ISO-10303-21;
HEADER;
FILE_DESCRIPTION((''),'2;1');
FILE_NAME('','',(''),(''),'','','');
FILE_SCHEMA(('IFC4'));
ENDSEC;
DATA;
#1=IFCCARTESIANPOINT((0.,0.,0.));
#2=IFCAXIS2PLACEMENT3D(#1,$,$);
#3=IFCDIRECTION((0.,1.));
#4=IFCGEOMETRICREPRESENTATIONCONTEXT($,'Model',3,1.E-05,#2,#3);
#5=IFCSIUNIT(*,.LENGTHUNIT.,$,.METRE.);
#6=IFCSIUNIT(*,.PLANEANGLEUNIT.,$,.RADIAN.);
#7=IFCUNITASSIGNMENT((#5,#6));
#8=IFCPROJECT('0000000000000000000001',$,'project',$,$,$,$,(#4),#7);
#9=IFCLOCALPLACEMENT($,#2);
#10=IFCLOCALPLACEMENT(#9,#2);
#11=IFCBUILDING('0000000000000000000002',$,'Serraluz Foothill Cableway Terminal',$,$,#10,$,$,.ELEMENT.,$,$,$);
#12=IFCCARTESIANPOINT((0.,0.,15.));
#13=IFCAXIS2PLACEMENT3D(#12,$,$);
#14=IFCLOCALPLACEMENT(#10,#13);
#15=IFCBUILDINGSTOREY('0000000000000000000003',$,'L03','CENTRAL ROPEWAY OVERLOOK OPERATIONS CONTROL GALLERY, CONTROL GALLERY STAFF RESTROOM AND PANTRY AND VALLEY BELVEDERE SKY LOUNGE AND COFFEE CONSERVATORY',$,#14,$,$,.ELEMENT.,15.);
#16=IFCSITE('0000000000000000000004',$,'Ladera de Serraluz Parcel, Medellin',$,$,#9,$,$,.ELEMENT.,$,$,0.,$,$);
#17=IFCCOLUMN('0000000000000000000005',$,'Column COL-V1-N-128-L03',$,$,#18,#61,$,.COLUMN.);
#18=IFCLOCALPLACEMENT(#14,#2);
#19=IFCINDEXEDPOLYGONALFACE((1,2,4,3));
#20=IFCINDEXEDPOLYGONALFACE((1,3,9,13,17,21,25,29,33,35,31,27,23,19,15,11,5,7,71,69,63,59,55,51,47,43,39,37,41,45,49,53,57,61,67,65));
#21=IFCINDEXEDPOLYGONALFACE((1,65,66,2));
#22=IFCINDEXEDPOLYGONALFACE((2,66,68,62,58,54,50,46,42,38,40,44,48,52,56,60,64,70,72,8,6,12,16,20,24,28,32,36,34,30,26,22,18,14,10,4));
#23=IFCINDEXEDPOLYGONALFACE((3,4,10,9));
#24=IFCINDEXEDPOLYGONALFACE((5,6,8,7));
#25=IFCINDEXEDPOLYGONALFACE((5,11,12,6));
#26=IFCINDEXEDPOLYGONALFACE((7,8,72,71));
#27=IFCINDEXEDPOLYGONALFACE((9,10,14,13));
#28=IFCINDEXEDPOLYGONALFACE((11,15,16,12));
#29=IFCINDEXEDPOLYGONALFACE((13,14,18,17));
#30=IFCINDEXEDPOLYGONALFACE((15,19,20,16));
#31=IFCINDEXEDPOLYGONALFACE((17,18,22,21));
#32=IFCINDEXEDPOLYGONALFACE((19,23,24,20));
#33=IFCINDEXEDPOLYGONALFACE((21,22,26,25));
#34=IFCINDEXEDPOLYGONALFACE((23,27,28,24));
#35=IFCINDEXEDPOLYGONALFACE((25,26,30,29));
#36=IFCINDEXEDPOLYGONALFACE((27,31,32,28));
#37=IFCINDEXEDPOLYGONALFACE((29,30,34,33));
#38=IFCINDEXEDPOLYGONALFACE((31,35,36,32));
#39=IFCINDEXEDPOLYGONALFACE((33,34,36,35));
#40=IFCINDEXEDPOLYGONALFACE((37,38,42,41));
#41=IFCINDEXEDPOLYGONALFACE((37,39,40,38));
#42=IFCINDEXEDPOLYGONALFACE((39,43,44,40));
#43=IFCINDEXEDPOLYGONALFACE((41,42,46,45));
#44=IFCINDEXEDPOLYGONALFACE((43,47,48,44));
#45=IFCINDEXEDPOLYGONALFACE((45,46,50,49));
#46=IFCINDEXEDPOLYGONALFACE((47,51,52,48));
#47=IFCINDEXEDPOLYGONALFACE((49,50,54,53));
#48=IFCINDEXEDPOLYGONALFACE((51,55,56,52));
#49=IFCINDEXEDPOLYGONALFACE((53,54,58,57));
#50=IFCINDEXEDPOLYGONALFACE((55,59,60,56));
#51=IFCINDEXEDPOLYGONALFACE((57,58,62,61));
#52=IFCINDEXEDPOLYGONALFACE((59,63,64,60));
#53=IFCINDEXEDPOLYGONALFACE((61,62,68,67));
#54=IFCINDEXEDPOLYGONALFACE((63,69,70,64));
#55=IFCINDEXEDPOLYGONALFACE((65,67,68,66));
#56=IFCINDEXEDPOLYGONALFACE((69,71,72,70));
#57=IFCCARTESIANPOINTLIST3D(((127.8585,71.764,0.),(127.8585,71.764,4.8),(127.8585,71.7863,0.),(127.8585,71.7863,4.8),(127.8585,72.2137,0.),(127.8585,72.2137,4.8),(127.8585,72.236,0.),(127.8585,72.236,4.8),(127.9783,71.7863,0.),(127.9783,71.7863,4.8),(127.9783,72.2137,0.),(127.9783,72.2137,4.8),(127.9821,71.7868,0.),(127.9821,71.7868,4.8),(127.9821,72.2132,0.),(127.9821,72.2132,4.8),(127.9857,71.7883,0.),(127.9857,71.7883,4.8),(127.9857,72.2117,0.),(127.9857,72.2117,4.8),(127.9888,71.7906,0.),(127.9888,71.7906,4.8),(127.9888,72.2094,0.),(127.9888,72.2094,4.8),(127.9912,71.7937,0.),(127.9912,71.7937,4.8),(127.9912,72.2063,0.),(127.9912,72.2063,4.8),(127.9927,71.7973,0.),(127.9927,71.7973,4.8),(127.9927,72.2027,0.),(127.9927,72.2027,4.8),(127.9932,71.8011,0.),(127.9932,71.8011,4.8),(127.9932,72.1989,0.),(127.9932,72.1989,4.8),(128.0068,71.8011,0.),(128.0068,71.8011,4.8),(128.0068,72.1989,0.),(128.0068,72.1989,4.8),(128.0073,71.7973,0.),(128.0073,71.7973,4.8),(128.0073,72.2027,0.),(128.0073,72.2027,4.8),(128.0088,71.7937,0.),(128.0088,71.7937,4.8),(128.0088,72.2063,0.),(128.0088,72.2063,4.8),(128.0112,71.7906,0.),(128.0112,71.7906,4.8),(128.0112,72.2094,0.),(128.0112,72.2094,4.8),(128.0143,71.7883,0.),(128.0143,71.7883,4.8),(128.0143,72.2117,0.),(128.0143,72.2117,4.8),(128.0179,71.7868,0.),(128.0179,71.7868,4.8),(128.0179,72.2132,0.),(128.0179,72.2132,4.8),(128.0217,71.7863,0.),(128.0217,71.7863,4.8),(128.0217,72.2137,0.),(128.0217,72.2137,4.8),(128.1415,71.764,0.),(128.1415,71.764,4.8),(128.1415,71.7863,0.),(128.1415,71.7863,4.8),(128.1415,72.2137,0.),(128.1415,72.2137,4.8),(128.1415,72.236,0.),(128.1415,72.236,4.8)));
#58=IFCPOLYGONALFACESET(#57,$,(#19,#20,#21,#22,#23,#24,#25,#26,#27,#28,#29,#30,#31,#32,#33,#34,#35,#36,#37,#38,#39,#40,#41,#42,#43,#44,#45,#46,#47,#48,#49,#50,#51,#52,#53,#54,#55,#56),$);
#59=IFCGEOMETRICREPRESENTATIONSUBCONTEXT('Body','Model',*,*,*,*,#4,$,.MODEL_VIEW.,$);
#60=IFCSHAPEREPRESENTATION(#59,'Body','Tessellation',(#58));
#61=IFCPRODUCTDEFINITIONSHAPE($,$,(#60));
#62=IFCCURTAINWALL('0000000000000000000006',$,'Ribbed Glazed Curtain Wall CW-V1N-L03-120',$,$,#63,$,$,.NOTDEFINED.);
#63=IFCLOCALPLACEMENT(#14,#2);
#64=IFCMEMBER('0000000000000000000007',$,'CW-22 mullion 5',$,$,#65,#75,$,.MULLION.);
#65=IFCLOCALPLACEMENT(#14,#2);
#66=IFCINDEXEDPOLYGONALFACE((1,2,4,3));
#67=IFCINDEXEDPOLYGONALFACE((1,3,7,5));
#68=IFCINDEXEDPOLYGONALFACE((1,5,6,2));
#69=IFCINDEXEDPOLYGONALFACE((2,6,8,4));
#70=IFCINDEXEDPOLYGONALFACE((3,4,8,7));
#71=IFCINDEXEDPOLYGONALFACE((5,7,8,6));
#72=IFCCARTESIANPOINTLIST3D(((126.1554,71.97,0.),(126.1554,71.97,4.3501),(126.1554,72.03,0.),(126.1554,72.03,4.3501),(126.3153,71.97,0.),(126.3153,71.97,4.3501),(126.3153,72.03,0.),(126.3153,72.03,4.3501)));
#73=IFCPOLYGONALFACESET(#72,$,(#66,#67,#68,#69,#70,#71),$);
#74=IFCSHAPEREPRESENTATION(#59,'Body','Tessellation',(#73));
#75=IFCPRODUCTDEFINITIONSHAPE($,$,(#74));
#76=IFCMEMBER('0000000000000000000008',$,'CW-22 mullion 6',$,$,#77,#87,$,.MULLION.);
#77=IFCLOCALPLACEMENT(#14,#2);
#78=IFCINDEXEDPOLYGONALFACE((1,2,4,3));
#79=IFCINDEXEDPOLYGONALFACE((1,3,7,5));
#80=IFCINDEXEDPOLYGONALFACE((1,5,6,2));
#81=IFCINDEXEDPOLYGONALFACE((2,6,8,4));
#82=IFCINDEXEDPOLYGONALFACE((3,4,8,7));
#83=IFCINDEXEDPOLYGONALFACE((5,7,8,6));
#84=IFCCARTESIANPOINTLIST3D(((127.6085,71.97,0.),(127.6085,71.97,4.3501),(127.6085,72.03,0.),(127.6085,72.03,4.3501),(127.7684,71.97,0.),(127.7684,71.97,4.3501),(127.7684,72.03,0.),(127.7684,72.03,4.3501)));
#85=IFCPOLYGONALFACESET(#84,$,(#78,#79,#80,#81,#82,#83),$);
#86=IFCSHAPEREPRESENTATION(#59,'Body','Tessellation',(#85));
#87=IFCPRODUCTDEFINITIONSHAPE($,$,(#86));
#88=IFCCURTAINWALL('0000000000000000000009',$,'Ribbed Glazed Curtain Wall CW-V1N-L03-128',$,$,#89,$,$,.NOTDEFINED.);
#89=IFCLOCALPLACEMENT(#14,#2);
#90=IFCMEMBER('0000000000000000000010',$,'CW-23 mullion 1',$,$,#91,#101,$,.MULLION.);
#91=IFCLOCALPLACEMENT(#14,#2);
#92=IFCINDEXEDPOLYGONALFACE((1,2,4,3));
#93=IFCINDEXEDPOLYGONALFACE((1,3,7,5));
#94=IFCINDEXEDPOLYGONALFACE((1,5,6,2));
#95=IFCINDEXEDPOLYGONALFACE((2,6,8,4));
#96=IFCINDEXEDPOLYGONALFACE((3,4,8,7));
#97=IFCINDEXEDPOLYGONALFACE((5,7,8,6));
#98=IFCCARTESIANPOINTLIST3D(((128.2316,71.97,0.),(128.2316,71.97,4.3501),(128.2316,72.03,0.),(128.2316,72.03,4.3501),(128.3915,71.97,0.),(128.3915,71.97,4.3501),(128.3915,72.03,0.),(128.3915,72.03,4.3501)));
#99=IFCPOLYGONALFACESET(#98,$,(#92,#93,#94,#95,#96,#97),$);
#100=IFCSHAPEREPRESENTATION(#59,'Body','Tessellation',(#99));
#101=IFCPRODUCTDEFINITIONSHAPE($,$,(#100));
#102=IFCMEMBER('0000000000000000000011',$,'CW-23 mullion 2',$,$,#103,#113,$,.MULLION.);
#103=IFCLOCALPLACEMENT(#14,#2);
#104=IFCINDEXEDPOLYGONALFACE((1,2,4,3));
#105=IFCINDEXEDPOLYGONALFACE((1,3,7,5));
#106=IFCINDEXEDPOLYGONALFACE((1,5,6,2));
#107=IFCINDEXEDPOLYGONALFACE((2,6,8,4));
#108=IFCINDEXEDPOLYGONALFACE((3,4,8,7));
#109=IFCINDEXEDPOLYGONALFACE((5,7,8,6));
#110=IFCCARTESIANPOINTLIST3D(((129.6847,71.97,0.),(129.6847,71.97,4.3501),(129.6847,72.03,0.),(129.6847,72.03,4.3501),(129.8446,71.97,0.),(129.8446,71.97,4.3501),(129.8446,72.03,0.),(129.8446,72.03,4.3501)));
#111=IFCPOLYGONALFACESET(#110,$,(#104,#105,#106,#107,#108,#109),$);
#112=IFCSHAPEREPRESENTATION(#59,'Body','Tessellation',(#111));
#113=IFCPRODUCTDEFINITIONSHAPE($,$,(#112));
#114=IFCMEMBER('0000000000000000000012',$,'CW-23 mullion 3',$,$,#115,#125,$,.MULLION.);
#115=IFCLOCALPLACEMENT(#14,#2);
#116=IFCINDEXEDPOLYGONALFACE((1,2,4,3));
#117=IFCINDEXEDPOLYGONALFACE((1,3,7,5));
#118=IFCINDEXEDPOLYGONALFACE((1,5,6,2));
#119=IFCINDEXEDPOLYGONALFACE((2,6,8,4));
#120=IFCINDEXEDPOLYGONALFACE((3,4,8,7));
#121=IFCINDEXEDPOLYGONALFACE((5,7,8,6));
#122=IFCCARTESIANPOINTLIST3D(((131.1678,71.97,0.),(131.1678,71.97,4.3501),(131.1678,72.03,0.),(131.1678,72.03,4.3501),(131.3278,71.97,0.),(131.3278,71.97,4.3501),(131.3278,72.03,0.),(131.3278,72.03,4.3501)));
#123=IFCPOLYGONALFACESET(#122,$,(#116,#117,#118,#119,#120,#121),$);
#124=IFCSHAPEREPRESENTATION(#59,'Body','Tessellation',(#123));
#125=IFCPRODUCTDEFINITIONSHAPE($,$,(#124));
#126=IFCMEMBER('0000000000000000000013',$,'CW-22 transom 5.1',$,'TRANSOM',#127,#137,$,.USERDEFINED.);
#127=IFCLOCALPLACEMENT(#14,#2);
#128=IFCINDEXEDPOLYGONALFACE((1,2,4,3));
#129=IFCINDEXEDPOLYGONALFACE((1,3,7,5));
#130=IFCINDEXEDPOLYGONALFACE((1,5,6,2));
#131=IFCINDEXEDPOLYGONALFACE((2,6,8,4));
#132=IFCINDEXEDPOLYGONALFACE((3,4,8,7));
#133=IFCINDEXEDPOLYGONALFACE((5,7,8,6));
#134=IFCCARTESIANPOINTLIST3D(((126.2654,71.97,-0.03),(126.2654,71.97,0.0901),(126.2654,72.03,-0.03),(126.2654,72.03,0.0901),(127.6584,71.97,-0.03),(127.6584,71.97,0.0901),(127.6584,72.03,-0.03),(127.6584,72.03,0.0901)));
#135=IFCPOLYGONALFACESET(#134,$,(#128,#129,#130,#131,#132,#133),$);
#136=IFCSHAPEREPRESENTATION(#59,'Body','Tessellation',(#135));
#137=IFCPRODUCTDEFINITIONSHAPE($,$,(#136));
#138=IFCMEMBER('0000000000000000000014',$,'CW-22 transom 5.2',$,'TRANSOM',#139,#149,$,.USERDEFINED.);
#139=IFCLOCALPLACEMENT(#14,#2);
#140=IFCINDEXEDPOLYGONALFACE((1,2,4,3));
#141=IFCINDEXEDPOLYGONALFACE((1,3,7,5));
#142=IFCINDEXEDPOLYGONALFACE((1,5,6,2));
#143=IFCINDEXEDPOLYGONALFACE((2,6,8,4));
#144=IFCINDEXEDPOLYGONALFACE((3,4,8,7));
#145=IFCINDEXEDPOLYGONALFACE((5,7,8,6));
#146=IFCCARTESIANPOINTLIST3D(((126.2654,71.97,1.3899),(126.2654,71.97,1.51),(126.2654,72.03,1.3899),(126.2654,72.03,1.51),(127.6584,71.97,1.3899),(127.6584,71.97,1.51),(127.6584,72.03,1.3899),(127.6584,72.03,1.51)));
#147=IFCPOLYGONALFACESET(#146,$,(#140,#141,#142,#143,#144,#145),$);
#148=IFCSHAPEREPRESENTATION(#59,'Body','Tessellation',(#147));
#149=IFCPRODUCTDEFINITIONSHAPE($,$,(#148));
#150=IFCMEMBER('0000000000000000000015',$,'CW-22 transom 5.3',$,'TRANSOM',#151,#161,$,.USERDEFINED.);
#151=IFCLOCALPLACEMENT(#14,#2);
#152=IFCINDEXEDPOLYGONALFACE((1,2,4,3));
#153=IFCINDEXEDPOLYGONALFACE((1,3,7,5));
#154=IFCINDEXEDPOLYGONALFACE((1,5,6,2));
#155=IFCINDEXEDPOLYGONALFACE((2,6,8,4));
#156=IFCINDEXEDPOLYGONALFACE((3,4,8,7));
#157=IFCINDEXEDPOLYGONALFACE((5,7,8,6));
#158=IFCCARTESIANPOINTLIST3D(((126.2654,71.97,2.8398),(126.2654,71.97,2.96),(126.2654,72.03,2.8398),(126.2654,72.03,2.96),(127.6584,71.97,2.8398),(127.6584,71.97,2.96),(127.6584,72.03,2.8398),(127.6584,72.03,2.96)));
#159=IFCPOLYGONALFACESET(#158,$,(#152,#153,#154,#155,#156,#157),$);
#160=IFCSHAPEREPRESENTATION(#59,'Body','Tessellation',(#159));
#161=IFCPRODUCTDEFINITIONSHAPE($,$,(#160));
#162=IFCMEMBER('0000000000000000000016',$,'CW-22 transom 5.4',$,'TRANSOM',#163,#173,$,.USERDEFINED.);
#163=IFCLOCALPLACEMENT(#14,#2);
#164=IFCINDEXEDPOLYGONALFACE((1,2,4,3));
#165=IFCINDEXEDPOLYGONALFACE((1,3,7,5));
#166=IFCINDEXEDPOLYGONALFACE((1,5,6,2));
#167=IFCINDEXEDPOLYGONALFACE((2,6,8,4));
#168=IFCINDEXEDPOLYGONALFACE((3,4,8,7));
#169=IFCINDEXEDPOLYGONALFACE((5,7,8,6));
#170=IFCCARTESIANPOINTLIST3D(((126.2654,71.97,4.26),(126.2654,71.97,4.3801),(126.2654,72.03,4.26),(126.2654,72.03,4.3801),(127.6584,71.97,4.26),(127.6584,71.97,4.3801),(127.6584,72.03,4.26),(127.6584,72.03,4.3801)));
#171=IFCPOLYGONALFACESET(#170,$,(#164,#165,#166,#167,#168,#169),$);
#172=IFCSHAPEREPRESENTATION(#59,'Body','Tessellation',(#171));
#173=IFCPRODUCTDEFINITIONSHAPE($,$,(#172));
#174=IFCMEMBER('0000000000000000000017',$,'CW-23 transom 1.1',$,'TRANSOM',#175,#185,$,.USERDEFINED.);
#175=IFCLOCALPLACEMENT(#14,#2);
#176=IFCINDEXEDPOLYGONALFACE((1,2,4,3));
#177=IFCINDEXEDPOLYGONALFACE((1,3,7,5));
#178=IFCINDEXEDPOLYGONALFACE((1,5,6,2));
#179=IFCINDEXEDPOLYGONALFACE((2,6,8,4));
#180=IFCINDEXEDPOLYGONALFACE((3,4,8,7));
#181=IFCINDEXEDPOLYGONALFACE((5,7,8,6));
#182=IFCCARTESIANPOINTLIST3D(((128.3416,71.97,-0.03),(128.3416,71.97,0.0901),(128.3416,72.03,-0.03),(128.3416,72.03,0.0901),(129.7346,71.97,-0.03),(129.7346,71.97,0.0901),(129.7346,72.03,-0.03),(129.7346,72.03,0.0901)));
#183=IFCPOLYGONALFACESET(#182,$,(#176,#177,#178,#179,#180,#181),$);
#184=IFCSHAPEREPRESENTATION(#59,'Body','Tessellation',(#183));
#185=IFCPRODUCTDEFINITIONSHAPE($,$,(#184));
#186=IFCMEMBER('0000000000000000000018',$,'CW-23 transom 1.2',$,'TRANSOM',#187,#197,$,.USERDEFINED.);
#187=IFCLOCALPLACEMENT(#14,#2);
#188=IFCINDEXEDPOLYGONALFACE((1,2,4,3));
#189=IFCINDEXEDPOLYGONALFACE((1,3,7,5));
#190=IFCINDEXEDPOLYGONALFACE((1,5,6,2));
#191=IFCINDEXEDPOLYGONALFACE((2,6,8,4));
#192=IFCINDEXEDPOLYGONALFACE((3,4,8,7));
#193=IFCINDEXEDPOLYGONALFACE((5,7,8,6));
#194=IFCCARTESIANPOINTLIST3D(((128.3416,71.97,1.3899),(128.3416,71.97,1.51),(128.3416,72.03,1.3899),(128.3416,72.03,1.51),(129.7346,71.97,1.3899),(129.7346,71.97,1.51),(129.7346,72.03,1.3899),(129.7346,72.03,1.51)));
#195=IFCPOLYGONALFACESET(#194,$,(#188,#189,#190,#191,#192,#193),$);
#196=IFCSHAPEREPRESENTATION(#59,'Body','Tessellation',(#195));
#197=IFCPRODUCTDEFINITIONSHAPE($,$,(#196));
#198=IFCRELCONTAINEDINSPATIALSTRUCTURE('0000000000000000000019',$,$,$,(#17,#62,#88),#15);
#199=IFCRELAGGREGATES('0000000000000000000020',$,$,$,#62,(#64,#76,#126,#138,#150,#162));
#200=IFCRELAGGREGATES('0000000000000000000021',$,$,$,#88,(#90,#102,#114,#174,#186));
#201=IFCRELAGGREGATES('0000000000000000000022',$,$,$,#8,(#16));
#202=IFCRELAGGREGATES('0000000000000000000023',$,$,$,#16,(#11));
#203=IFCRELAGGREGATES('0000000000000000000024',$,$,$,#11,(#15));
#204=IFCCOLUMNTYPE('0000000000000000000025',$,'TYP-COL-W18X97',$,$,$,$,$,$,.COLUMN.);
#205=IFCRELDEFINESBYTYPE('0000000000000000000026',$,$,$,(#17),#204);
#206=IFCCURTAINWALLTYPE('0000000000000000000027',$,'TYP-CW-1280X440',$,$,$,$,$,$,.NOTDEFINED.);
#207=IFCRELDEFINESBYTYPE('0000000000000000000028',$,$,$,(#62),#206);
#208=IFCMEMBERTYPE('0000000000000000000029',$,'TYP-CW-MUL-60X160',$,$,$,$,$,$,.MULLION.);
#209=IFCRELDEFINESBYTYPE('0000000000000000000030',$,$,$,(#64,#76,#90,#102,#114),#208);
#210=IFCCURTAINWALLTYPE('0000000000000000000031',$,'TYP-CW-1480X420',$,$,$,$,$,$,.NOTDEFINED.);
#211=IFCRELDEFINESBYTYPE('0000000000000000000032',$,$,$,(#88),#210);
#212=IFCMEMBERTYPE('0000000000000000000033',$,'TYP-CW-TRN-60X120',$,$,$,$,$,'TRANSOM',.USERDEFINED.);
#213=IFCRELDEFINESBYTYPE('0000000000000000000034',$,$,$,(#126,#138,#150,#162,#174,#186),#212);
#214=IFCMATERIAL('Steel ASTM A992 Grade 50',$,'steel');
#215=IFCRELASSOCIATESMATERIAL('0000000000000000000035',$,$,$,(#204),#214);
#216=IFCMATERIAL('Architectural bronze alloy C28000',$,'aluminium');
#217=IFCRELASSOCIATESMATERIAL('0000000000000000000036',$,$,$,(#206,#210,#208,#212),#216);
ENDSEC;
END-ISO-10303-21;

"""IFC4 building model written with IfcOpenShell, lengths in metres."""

from ifc_helpers import new_model, si_unit, direction, frame, origin, origin_2d, place, context, subcontext, project, spatial, rectangle, i_section, extrude, material, material_profile, profile_set, type_object, element, aggregate, save


model = new_model("IFC4")

# Units and contexts
model_context = context("Model", 3, precision=1e-05, world=origin(), true_north=direction((0.0, 1.0)))
body_context = subcontext(model_context, "Body", "Model", "MODEL_VIEW")
ifc_project = project(units=[si_unit("LENGTHUNIT", "METRE"), si_unit("PLANEANGLEUNIT", "RADIAN")], contexts=[model_context])

# Site, building, storey
site_placement = place(None, origin())
site = spatial("IfcSite", under=ifc_project, at=site_placement, Name="Ladera de Serraluz Parcel, Medellin", CompositionType="ELEMENT", RefElevation=0.0)
building_placement = place(site_placement, origin())
building = spatial("IfcBuilding", under=site, at=building_placement, Name="Serraluz Foothill Cableway Terminal", CompositionType="ELEMENT")
storey_placement = place(building_placement, frame((0.0, 0.0, 15.0)))
storey = spatial("IfcBuildingStorey", under=building, at=storey_placement, Name="L03", Description="CENTRAL ROPEWAY OVERLOOK OPERATIONS CONTROL GALLERY, CONTROL GALLERY STAFF RESTROOM AND PANTRY AND VALLEY BELVEDERE SKY LOUNGE AND COFFEE CONSERVATORY", CompositionType="ELEMENT", Elevation=15.0)

# Column
ifc_material_1 = material(Name="Steel ASTM A992 Grade 50", Category="steel")
ifc_material_profile_1 = material_profile(ifc_material_1, i_section(OverallWidth=0.283, OverallDepth=0.4719, WebThickness=0.0137, FlangeThickness=0.0222, FilletRadius=0.0149, at=origin_2d()), Name="W18X97")
ifc_profile_set_1 = profile_set([ifc_material_profile_1], Name="Steel ASTM A992 Grade 50")
column_type = type_object("IfcColumnType", Name="TYP-COL-W18X97", PredefinedType="COLUMN", material=ifc_profile_set_1)
column_placement = place(storey_placement, frame((128.0, 72.0, 0.0), z_axis=(0.0, 0.0, 1.0), x_axis=(1.0, 0.0, 0.0)))
element("IfcColumn", 1, at=column_placement, inside=storey, type_object=column_type, Name="Column COL-V1-N-128-L03", PredefinedType="COLUMN", context=body_context, shape_type="SweptSolid", body=[
    extrude(i_section(OverallWidth=0.283, OverallDepth=0.4719, WebThickness=0.0137, FlangeThickness=0.0222, FilletRadius=0.0149, at=origin_2d()), origin(), (0.0, 0.0, 1.0), 4.8),
])

# Curtain walls, members
ifc_material_2 = material(Name="Architectural bronze alloy C28000", Category="aluminium")
curtain_wall_type_1 = type_object("IfcCurtainWallType", Name="TYP-CW-1280X440", PredefinedType="NOTDEFINED", material=ifc_material_2)
curtain_wall_1_placement = place(storey_placement, origin())
curtain_wall_1 = element("IfcCurtainWall", 2, at=curtain_wall_1_placement, inside=storey, type_object=curtain_wall_type_1, Name="Ribbed Glazed Curtain Wall CW-V1N-L03-120", PredefinedType="NOTDEFINED")
ifc_material_profile_2 = material_profile(ifc_material_2, rectangle(XDim=0.0601, YDim=0.1599, at=origin_2d()), Name="ALU MULLION 60x160")
ifc_profile_set_2 = profile_set([ifc_material_profile_2], Name="Architectural bronze alloy C28000")
member_type_1 = type_object("IfcMemberType", Name="TYP-CW-MUL-60X160", PredefinedType="MULLION", material=ifc_profile_set_2)
member_1_placement = place(storey_placement, frame((126.2354, 72.0, 0.0), z_axis=(0.0, 0.0, 1.0), x_axis=(0.0, 1.0, 0.0)))
member_1 = element("IfcMember", 3, at=member_1_placement, type_object=member_type_1, Name="CW-22 mullion 5", PredefinedType="MULLION", context=body_context, shape_type="SweptSolid", body=[
    extrude(rectangle(XDim=0.0601, YDim=0.1599, at=origin_2d()), origin(), (0.0, 0.0, 1.0), 4.3501),
])
member_2_placement = place(storey_placement, frame((127.6885, 72.0, 0.0), z_axis=(0.0, 0.0, 1.0), x_axis=(0.0, 1.0, 0.0)))
member_2 = element("IfcMember", 4, at=member_2_placement, type_object=member_type_1, Name="CW-22 mullion 6", PredefinedType="MULLION", context=body_context, shape_type="SweptSolid", body=[
    extrude(rectangle(XDim=0.0601, YDim=0.1599, at=origin_2d()), origin(), (0.0, 0.0, 1.0), 4.3501),
])
curtain_wall_type_2 = type_object("IfcCurtainWallType", Name="TYP-CW-1480X420", PredefinedType="NOTDEFINED", material=ifc_material_2)
curtain_wall_2_placement = place(storey_placement, origin())
curtain_wall_2 = element("IfcCurtainWall", 5, at=curtain_wall_2_placement, inside=storey, type_object=curtain_wall_type_2, Name="Ribbed Glazed Curtain Wall CW-V1N-L03-128", PredefinedType="NOTDEFINED")
member_3_placement = place(storey_placement, frame((128.3115, 72.0, 0.0), z_axis=(0.0, 0.0, 1.0), x_axis=(0.0, 1.0, 0.0)))
member_3 = element("IfcMember", 6, at=member_3_placement, type_object=member_type_1, Name="CW-23 mullion 1", PredefinedType="MULLION", context=body_context, shape_type="SweptSolid", body=[
    extrude(rectangle(XDim=0.0601, YDim=0.1599, at=origin_2d()), origin(), (0.0, 0.0, 1.0), 4.3501),
])
member_4_placement = place(storey_placement, frame((129.7646, 72.0, 0.0), z_axis=(0.0, 0.0, 1.0), x_axis=(0.0, 1.0, 0.0)))
member_4 = element("IfcMember", 7, at=member_4_placement, type_object=member_type_1, Name="CW-23 mullion 2", PredefinedType="MULLION", context=body_context, shape_type="SweptSolid", body=[
    extrude(rectangle(XDim=0.0601, YDim=0.1599, at=origin_2d()), origin(), (0.0, 0.0, 1.0), 4.3501),
])
member_5_placement = place(storey_placement, frame((131.2478, 72.0, 0.0), z_axis=(0.0, 0.0, 1.0), x_axis=(0.0, 1.0, 0.0)))
member_5 = element("IfcMember", 8, at=member_5_placement, type_object=member_type_1, Name="CW-23 mullion 3", PredefinedType="MULLION", context=body_context, shape_type="SweptSolid", body=[
    extrude(rectangle(XDim=0.0601, YDim=0.1599, at=origin_2d()), origin(), (0.0, 0.0, 1.0), 4.3501),
])

# Members
ifc_material_profile_3 = material_profile(ifc_material_2, rectangle(XDim=0.0601, YDim=0.1201, at=origin_2d()), Name="ALU TRANSOM 60x120")
ifc_profile_set_3 = profile_set([ifc_material_profile_3], Name="Architectural bronze alloy C28000")
member_type_2 = type_object("IfcMemberType", Name="TYP-CW-TRN-60X120", ElementType="TRANSOM", PredefinedType="USERDEFINED", material=ifc_profile_set_3)
member_6_placement = place(storey_placement, frame((126.2654, 72.0, 0.03), z_axis=(1.0, 0.0, 0.0), x_axis=(0.0, 1.0, 0.0)))
member_6 = element("IfcMember", 9, at=member_6_placement, type_object=member_type_2, Name="CW-22 transom 5.1", ObjectType="TRANSOM", PredefinedType="USERDEFINED", context=body_context, shape_type="SweptSolid", body=[
    extrude(rectangle(XDim=0.0601, YDim=0.1201, at=origin_2d()), origin(), (0.0, 0.0, 1.0), 1.3931),
])
member_7_placement = place(storey_placement, frame((126.2654, 72.0, 1.45), z_axis=(1.0, 0.0, 0.0), x_axis=(0.0, 1.0, 0.0)))
member_7 = element("IfcMember", 10, at=member_7_placement, type_object=member_type_2, Name="CW-22 transom 5.2", ObjectType="TRANSOM", PredefinedType="USERDEFINED", context=body_context, shape_type="SweptSolid", body=[
    extrude(rectangle(XDim=0.0601, YDim=0.1201, at=origin_2d()), origin(), (0.0, 0.0, 1.0), 1.3931),
])
member_8_placement = place(storey_placement, frame((126.2654, 72.0, 2.8999), z_axis=(1.0, 0.0, 0.0), x_axis=(0.0, 1.0, 0.0)))
member_8 = element("IfcMember", 11, at=member_8_placement, type_object=member_type_2, Name="CW-22 transom 5.3", ObjectType="TRANSOM", PredefinedType="USERDEFINED", context=body_context, shape_type="SweptSolid", body=[
    extrude(rectangle(XDim=0.0601, YDim=0.1201, at=origin_2d()), origin(), (0.0, 0.0, 1.0), 1.3931),
])
member_9_placement = place(storey_placement, frame((126.2654, 72.0, 4.3201), z_axis=(1.0, 0.0, 0.0), x_axis=(0.0, 1.0, 0.0)))
member_9 = element("IfcMember", 12, at=member_9_placement, type_object=member_type_2, Name="CW-22 transom 5.4", ObjectType="TRANSOM", PredefinedType="USERDEFINED", context=body_context, shape_type="SweptSolid", body=[
    extrude(rectangle(XDim=0.0601, YDim=0.1201, at=origin_2d()), origin(), (0.0, 0.0, 1.0), 1.3931),
])
member_10_placement = place(storey_placement, frame((128.3416, 72.0, 0.03), z_axis=(1.0, 0.0, 0.0), x_axis=(0.0, 1.0, 0.0)))
member_10 = element("IfcMember", 13, at=member_10_placement, type_object=member_type_2, Name="CW-23 transom 1.1", ObjectType="TRANSOM", PredefinedType="USERDEFINED", context=body_context, shape_type="SweptSolid", body=[
    extrude(rectangle(XDim=0.0601, YDim=0.1201, at=origin_2d()), origin(), (0.0, 0.0, 1.0), 1.3931),
])
member_11_placement = place(storey_placement, frame((128.3416, 72.0, 1.45), z_axis=(1.0, 0.0, 0.0), x_axis=(0.0, 1.0, 0.0)))
member_11 = element("IfcMember", 14, at=member_11_placement, type_object=member_type_2, Name="CW-23 transom 1.2", ObjectType="TRANSOM", PredefinedType="USERDEFINED", context=body_context, shape_type="SweptSolid", body=[
    extrude(rectangle(XDim=0.0601, YDim=0.1201, at=origin_2d()), origin(), (0.0, 0.0, 1.0), 1.3931),
])

aggregate(curtain_wall_1, [member_1, member_2, member_6, member_7, member_8, member_9])
aggregate(curtain_wall_2, [member_3, member_4, member_5, member_10, member_11])

save(model, "model.ifc")
